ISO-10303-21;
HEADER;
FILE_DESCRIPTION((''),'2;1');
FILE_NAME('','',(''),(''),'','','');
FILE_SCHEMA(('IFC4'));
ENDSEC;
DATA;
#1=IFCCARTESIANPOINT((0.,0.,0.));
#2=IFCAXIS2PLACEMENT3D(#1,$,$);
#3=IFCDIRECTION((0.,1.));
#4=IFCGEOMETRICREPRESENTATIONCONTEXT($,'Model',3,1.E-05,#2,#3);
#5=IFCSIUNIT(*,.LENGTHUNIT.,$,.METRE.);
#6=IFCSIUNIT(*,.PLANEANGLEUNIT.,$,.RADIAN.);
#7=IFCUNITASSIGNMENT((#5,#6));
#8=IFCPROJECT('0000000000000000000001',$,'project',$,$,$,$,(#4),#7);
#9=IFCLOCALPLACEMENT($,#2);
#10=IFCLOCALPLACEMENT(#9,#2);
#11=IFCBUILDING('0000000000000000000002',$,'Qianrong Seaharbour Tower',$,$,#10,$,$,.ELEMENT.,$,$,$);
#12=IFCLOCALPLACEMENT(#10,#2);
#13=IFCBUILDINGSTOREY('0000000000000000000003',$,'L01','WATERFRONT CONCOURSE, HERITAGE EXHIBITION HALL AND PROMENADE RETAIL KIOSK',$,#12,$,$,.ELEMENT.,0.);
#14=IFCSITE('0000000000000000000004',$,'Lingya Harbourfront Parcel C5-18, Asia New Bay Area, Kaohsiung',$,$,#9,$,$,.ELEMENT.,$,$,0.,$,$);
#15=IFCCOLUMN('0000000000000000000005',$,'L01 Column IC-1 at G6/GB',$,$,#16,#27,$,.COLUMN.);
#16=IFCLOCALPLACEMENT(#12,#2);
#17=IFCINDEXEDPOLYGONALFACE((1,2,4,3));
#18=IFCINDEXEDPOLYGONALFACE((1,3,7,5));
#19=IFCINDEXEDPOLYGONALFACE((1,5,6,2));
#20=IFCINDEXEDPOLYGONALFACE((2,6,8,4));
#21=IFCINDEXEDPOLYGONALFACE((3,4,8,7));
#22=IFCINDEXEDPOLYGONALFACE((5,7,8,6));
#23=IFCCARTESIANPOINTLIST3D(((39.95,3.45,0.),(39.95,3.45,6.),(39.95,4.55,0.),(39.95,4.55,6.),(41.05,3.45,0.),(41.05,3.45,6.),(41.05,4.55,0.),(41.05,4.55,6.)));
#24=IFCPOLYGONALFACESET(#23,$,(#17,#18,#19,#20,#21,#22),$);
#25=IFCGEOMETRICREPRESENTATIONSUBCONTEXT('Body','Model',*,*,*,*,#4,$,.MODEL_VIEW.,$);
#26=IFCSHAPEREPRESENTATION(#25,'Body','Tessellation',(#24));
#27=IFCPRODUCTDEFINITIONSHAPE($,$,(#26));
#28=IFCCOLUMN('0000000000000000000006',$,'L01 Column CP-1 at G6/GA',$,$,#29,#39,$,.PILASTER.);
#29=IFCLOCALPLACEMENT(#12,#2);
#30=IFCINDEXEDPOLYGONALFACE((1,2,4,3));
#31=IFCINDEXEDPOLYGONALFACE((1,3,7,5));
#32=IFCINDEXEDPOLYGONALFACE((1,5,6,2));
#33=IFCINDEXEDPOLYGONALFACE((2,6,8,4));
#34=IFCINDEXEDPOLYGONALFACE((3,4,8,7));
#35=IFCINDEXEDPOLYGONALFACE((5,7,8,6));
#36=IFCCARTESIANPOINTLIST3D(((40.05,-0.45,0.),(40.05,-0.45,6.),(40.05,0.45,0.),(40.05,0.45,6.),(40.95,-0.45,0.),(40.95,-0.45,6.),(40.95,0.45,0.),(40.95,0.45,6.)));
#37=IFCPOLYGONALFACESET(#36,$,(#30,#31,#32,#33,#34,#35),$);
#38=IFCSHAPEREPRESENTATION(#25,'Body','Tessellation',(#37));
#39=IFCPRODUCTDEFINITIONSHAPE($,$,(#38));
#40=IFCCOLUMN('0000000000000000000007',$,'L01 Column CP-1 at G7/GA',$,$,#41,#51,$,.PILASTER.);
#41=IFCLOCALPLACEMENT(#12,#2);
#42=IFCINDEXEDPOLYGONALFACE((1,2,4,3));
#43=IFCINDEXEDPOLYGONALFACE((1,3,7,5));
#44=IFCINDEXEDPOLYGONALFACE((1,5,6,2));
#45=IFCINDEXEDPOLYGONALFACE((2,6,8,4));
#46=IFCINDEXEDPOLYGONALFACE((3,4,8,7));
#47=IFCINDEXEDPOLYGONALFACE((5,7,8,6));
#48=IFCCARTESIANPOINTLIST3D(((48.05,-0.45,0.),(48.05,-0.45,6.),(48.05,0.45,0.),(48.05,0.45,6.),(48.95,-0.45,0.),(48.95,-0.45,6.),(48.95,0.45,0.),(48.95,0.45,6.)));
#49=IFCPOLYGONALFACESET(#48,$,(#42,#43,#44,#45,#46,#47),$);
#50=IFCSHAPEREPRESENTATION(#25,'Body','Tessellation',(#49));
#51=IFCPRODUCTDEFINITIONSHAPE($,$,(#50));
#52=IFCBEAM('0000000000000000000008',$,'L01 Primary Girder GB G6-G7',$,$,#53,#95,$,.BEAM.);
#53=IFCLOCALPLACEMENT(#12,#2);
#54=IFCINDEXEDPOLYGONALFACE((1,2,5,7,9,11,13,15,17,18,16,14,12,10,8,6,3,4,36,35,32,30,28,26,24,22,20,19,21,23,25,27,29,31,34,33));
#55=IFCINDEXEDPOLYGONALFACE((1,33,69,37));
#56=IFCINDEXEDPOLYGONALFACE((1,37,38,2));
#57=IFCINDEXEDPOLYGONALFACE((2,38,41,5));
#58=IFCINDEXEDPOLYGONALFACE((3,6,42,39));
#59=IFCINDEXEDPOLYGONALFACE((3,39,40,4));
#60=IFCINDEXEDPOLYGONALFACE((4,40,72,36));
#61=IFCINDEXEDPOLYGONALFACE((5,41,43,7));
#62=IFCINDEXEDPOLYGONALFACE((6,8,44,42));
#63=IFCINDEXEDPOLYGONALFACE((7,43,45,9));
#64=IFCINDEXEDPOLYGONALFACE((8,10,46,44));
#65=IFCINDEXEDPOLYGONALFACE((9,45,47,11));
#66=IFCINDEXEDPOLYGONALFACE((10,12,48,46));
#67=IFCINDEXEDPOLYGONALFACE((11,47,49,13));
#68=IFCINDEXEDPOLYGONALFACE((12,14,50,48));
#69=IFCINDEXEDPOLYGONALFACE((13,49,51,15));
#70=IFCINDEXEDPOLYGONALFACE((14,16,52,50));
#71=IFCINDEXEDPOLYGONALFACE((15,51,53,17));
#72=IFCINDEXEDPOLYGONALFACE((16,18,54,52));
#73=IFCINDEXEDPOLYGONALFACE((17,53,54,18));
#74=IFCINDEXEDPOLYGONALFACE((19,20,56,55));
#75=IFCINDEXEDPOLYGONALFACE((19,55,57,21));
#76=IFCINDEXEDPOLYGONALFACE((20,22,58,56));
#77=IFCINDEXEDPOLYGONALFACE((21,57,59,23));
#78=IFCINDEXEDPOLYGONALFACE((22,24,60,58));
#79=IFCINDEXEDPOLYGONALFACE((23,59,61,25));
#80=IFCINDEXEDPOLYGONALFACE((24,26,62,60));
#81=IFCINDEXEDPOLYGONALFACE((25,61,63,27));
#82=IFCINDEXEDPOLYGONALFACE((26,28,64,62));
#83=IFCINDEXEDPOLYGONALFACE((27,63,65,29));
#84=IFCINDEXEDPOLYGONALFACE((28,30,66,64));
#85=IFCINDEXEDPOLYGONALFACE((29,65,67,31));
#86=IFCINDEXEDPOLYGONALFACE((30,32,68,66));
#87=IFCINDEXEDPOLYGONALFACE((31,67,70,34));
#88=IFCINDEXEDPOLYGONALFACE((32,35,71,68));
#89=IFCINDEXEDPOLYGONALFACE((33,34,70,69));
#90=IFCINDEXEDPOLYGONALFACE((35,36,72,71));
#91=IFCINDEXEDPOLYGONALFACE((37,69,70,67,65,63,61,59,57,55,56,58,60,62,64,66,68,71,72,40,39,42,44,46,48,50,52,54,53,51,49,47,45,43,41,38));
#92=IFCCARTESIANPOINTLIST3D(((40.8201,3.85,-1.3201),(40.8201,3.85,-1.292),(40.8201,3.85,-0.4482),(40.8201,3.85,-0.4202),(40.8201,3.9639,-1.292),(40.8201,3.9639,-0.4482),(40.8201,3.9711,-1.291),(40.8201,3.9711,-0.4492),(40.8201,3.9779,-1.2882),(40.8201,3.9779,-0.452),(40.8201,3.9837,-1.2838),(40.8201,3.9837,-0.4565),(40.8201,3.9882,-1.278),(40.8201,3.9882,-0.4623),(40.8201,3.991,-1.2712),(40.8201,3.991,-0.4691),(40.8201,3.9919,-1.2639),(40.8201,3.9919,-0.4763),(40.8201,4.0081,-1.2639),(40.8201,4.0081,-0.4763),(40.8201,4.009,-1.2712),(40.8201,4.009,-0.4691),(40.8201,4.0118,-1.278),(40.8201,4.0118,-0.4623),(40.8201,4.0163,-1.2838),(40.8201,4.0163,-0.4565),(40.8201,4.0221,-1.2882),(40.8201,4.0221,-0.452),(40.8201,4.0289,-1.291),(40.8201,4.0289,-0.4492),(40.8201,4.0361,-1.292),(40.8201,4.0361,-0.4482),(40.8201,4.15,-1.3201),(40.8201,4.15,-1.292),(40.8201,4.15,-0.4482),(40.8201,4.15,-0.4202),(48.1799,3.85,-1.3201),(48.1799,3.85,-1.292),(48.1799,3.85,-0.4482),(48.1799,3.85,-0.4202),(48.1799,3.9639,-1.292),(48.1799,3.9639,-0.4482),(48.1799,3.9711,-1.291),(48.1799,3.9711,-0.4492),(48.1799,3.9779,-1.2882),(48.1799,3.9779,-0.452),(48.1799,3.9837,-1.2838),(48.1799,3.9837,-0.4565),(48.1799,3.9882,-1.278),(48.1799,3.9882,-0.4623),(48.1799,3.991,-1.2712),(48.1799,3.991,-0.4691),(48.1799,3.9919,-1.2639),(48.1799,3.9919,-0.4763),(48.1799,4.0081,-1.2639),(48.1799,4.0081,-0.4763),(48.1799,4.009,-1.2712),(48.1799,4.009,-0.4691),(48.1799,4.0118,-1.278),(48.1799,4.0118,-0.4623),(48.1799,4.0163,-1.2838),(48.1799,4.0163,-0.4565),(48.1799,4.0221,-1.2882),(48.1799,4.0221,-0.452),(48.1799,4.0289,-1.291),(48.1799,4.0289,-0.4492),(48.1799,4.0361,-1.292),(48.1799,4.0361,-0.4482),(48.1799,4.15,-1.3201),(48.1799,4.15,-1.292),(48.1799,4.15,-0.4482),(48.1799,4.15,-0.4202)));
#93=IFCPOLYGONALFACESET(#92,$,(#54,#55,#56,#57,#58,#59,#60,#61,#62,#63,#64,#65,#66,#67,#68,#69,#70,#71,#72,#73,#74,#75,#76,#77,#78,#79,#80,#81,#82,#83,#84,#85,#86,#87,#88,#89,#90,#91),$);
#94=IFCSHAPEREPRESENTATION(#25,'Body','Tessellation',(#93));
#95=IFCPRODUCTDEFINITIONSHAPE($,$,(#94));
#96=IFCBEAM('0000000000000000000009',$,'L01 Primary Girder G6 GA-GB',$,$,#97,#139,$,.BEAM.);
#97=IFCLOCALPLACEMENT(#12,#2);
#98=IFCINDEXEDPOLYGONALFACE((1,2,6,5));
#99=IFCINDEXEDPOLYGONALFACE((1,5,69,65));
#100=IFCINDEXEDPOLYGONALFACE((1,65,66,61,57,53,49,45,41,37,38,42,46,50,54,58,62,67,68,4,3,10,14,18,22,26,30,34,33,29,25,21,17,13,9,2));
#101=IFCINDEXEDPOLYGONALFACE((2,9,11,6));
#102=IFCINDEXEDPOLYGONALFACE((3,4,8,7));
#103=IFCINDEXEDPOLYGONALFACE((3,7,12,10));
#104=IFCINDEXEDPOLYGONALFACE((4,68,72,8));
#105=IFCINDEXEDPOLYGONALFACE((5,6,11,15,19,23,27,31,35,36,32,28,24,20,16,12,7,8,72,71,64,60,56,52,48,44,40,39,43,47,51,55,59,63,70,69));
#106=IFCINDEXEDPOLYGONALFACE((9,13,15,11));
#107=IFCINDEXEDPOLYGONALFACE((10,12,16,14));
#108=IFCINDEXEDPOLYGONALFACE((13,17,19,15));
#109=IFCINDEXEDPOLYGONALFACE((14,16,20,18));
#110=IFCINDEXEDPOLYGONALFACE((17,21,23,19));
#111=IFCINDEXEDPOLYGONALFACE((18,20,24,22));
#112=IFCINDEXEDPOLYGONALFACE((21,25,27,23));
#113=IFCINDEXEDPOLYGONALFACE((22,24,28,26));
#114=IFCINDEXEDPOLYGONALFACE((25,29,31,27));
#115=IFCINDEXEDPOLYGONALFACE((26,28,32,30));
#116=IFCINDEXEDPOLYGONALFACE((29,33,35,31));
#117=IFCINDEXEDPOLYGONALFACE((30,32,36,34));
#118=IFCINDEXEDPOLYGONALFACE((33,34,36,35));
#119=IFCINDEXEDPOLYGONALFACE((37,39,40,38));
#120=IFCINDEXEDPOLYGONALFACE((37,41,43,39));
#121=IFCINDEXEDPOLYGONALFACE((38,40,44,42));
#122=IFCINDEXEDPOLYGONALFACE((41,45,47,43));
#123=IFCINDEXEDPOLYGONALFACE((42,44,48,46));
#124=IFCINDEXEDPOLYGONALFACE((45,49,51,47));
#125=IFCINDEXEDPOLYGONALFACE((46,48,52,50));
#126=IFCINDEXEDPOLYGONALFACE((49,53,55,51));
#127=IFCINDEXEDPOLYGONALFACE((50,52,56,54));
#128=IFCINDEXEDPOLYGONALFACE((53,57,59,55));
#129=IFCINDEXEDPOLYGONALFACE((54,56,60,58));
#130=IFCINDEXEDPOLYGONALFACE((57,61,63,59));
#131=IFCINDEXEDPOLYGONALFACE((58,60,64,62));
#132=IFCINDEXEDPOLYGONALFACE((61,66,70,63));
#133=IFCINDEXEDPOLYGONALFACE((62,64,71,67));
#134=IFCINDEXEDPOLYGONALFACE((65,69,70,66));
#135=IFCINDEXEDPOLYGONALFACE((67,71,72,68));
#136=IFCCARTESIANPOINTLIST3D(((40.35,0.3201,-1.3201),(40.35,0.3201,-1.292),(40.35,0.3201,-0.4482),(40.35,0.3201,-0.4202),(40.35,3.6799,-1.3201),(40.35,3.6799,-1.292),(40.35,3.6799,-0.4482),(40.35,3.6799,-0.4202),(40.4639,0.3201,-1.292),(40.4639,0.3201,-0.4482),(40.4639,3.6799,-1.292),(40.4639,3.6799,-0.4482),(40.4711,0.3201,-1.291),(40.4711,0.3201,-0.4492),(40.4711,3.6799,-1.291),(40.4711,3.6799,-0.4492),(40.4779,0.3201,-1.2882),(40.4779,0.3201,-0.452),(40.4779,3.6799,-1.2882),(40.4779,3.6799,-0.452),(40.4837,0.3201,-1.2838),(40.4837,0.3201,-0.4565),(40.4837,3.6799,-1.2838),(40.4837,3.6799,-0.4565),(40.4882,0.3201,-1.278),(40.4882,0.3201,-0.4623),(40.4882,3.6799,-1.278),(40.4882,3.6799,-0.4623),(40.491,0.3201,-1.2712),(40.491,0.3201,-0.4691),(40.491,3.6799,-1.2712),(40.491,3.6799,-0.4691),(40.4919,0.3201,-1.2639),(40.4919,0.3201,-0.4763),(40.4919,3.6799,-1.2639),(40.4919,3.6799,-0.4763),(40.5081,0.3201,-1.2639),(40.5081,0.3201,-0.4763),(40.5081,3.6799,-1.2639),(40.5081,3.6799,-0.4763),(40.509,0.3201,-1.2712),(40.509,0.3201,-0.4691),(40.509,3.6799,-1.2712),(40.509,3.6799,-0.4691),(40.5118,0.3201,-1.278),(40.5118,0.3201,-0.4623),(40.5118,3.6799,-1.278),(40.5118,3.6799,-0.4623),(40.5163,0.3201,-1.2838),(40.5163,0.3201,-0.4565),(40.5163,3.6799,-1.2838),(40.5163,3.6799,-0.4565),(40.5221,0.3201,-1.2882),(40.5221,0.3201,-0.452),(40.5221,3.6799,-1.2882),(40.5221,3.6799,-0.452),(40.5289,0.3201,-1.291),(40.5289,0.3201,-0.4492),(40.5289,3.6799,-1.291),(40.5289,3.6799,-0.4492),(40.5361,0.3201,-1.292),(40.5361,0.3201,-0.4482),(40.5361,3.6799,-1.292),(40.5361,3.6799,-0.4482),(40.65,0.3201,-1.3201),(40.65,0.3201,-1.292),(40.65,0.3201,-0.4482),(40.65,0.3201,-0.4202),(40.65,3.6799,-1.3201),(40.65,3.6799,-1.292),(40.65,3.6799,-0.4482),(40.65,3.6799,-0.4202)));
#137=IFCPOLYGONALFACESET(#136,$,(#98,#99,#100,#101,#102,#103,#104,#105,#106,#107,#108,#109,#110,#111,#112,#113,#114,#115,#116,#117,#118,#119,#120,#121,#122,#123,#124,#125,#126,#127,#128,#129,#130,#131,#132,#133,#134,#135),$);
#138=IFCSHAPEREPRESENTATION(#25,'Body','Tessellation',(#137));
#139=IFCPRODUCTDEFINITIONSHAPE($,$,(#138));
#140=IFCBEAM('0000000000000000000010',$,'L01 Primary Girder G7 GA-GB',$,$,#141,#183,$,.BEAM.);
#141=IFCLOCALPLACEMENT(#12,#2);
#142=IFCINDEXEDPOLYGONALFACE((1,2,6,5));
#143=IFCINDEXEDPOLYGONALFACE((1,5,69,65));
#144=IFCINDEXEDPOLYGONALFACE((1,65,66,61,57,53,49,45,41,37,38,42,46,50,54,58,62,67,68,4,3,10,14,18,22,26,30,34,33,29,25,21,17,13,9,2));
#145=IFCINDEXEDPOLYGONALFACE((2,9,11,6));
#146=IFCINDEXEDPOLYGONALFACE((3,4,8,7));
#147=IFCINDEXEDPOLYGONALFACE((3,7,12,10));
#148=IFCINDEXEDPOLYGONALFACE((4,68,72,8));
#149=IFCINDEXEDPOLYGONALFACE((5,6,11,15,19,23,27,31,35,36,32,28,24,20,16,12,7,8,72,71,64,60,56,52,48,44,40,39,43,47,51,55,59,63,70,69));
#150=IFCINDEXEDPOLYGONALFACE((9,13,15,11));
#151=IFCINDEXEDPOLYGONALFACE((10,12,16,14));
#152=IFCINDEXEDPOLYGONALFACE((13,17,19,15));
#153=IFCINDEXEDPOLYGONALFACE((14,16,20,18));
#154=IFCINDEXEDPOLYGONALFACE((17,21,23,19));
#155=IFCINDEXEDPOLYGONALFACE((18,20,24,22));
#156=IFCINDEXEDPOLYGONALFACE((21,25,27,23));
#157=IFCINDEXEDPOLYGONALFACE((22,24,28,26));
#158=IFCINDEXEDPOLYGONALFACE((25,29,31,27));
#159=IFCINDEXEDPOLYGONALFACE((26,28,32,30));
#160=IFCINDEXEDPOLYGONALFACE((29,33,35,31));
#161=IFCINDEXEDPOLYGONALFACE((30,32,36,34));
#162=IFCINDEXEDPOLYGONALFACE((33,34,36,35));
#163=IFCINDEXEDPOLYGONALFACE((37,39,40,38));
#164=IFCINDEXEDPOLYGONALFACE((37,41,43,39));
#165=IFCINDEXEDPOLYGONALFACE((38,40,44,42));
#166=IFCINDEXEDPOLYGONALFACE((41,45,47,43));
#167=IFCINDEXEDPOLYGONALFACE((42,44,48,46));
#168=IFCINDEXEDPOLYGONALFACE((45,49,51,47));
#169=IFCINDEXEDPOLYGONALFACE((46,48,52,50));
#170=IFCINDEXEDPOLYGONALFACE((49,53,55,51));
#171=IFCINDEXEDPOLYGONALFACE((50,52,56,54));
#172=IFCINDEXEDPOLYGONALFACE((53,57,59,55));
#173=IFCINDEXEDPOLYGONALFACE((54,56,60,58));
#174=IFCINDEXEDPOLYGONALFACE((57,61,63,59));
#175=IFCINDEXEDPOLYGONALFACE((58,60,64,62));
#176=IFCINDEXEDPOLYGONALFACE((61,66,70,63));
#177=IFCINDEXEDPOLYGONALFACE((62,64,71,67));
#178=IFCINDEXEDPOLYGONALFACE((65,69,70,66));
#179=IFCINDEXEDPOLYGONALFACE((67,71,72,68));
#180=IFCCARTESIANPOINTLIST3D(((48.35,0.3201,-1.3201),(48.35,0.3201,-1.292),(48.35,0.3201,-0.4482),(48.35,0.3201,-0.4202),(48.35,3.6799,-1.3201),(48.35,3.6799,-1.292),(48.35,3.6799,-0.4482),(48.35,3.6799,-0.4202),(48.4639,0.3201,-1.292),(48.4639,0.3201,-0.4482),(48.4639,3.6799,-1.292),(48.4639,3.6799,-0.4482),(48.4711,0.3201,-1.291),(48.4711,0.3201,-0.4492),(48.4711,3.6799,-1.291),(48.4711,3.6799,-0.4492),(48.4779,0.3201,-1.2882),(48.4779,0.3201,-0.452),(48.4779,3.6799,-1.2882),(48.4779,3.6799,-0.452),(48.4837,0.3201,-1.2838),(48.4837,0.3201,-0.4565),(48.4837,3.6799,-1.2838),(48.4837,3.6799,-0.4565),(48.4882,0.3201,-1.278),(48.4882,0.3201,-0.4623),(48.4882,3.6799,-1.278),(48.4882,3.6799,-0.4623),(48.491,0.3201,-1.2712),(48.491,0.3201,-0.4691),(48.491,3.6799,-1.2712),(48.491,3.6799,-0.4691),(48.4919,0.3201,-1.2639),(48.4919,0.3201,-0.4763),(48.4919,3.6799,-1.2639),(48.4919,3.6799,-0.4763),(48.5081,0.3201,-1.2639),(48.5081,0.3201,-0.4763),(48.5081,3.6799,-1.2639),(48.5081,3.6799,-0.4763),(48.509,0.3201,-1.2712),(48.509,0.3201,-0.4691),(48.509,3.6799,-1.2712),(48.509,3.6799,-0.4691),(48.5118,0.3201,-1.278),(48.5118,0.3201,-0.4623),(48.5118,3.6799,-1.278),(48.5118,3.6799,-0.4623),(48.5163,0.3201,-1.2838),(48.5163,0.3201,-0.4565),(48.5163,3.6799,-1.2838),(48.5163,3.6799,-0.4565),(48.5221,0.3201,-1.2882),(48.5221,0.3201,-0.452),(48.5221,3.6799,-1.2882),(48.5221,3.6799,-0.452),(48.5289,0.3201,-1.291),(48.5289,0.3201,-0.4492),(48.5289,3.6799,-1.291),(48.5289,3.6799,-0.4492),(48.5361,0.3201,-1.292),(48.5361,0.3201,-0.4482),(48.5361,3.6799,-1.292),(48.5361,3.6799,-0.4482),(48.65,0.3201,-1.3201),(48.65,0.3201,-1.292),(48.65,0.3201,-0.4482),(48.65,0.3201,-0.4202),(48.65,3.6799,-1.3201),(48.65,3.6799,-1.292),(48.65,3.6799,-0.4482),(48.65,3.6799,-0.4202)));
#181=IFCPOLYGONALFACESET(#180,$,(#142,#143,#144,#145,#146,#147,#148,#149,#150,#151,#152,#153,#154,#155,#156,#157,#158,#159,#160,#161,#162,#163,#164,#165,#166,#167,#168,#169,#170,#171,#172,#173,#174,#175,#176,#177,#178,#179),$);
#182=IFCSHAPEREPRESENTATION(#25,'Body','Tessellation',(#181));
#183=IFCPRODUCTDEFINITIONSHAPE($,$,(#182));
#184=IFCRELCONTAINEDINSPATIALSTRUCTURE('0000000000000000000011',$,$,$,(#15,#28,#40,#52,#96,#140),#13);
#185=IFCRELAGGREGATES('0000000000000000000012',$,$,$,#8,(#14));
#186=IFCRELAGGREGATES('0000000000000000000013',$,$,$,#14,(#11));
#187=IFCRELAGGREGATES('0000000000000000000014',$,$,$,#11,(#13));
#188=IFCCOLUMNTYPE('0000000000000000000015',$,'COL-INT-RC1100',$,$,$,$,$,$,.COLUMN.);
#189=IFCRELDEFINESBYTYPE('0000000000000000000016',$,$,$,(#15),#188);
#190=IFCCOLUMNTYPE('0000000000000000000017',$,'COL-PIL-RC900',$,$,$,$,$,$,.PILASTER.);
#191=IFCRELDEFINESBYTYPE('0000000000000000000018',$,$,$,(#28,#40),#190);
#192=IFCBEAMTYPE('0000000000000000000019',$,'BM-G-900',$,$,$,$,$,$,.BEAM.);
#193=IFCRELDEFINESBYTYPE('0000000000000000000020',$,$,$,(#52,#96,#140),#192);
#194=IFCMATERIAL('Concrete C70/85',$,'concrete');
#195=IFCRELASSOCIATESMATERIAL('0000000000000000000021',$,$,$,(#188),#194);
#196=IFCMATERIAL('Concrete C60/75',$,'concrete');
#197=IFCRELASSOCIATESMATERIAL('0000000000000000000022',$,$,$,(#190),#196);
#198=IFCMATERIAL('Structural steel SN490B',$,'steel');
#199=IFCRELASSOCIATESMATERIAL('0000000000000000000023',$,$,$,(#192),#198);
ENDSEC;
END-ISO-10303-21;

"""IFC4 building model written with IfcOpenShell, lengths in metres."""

from ifc_helpers import new_model, si_unit, direction, frame, origin, origin_2d, place, context, subcontext, project, spatial, rectangle, i_section, extrude, material, material_profile, profile_set, type_object, element, save


model = new_model("IFC4")

# Units and contexts
model_context = context("Model", 3, precision=1e-05, world=origin(), true_north=direction((0.0, 1.0)))
body_context = subcontext(model_context, "Body", "Model", "MODEL_VIEW")
ifc_project = project(units=[si_unit("LENGTHUNIT", "METRE"), si_unit("PLANEANGLEUNIT", "RADIAN")], contexts=[model_context])

# Site, building, storey
site_placement = place(None, origin())
site = spatial("IfcSite", under=ifc_project, at=site_placement, Name="Lingya Harbourfront Parcel C5-18, Asia New Bay Area, Kaohsiung", CompositionType="ELEMENT", RefElevation=0.0)
building_placement = place(site_placement, origin())
building = spatial("IfcBuilding", under=site, at=building_placement, Name="Qianrong Seaharbour Tower", CompositionType="ELEMENT")
storey_placement = place(building_placement, origin())
storey = spatial("IfcBuildingStorey", under=building, at=storey_placement, Name="L01", Description="WATERFRONT CONCOURSE, HERITAGE EXHIBITION HALL AND PROMENADE RETAIL KIOSK", CompositionType="ELEMENT", Elevation=0.0)

# Columns
ifc_material_1 = material(Name="Concrete C70/85", Category="concrete")
ifc_material_profile_1 = material_profile(ifc_material_1, rectangle(XDim=1.1001, YDim=1.1001, at=origin_2d()), Name="RC1100x1100")
ifc_profile_set_1 = profile_set([ifc_material_profile_1], Name="Concrete C70/85")
column_type_1 = type_object("IfcColumnType", Name="COL-INT-RC1100", PredefinedType="COLUMN", material=ifc_profile_set_1)
column_placement = place(storey_placement, frame((40.5, 4.0, 0.0), z_axis=(0.0, 0.0, 1.0), x_axis=(1.0, 0.0, 0.0)))
element("IfcColumn", 1, at=column_placement, inside=storey, type_object=column_type_1, Name="L01 Column IC-1 at G6/GB", PredefinedType="COLUMN", context=body_context, shape_type="SweptSolid", body=[
    extrude(rectangle(XDim=1.1001, YDim=1.1001, at=origin_2d()), origin(), (0.0, 0.0, 1.0), 6.0),
])
ifc_material_2 = material(Name="Concrete C60/75", Category="concrete")
ifc_material_profile_2 = material_profile(ifc_material_2, rectangle(XDim=0.8999, YDim=0.8999, at=origin_2d()), Name="RC900x900")
ifc_profile_set_2 = profile_set([ifc_material_profile_2], Name="Concrete C60/75")
column_type_2 = type_object("IfcColumnType", Name="COL-PIL-RC900", PredefinedType="PILASTER", material=ifc_profile_set_2)
for number, where, z_axis, x_axis, name in (
    (2, (40.5, 0.0, 0.0), (0.0, 0.0, 1.0), (1.0, 0.0, 0.0), "L01 Column CP-1 at G6/GA"),
    (3, (48.5, 0.0, 0.0), (0.0, 0.0, 1.0), (1.0, 0.0, 0.0), "L01 Column CP-1 at G7/GA"),
):
    element("IfcColumn", number, at=place(storey_placement, frame(where, z_axis=z_axis, x_axis=x_axis)), inside=storey, type_object=column_type_2, Name=name, PredefinedType="PILASTER", context=body_context, shape_type="SweptSolid", body=[
        extrude(rectangle(XDim=0.8999, YDim=0.8999, at=origin_2d()), origin(), (0.0, 0.0, 1.0), 6.0),
    ])

# Beams
ifc_material_3 = material(Name="Structural steel SN490B", Category="steel")
ifc_material_profile_3 = material_profile(ifc_material_3, i_section(OverallWidth=0.3, OverallDepth=0.8999, WebThickness=0.0161, FlangeThickness=0.0281, FilletRadius=0.0281, at=origin_2d()), Name="H900x300x16x28")
ifc_profile_set_3 = profile_set([ifc_material_profile_3], Name="Structural steel SN490B")
beam_type_1 = type_object("IfcBeamType", Name="BM-G-900", PredefinedType="BEAM", material=ifc_profile_set_3)
beam_placement = place(storey_placement, frame((40.8201, 4.0, -0.8701), z_axis=(1.0, 0.0, 0.0), x_axis=(0.0, 1.0, 0.0)))
element("IfcBeam", 4, at=beam_placement, inside=storey, type_object=beam_type_1, Name="L01 Primary Girder GB G6-G7", PredefinedType="BEAM", context=body_context, shape_type="SweptSolid", body=[
    extrude(i_section(OverallWidth=0.3, OverallDepth=0.8999, WebThickness=0.0161, FlangeThickness=0.0281, FilletRadius=0.0281, at=origin_2d()), origin(), (0.0, 0.0, 1.0), 7.3599),
])
for number, where, z_axis, x_axis, name in (
    (5, (40.5, 0.3201, -0.8701), (0.0, 1.0, 0.0), (-1.0, 0.0, 0.0), "L01 Primary Girder G6 GA-GB"),
    (6, (48.5, 0.3201, -0.8701), (0.0, 1.0, 0.0), (-1.0, 0.0, 0.0), "L01 Primary Girder G7 GA-GB"),
):
    element("IfcBeam", number, at=place(storey_placement, frame(where, z_axis=z_axis, x_axis=x_axis)), inside=storey, type_object=beam_type_1, Name=name, PredefinedType="BEAM", context=body_context, shape_type="SweptSolid", body=[
        extrude(i_section(OverallWidth=0.3, OverallDepth=0.8999, WebThickness=0.0161, FlangeThickness=0.0281, FilletRadius=0.0281, at=origin_2d()), origin(), (0.0, 0.0, 1.0), 3.3599),
    ])

save(model, "model.ifc")
